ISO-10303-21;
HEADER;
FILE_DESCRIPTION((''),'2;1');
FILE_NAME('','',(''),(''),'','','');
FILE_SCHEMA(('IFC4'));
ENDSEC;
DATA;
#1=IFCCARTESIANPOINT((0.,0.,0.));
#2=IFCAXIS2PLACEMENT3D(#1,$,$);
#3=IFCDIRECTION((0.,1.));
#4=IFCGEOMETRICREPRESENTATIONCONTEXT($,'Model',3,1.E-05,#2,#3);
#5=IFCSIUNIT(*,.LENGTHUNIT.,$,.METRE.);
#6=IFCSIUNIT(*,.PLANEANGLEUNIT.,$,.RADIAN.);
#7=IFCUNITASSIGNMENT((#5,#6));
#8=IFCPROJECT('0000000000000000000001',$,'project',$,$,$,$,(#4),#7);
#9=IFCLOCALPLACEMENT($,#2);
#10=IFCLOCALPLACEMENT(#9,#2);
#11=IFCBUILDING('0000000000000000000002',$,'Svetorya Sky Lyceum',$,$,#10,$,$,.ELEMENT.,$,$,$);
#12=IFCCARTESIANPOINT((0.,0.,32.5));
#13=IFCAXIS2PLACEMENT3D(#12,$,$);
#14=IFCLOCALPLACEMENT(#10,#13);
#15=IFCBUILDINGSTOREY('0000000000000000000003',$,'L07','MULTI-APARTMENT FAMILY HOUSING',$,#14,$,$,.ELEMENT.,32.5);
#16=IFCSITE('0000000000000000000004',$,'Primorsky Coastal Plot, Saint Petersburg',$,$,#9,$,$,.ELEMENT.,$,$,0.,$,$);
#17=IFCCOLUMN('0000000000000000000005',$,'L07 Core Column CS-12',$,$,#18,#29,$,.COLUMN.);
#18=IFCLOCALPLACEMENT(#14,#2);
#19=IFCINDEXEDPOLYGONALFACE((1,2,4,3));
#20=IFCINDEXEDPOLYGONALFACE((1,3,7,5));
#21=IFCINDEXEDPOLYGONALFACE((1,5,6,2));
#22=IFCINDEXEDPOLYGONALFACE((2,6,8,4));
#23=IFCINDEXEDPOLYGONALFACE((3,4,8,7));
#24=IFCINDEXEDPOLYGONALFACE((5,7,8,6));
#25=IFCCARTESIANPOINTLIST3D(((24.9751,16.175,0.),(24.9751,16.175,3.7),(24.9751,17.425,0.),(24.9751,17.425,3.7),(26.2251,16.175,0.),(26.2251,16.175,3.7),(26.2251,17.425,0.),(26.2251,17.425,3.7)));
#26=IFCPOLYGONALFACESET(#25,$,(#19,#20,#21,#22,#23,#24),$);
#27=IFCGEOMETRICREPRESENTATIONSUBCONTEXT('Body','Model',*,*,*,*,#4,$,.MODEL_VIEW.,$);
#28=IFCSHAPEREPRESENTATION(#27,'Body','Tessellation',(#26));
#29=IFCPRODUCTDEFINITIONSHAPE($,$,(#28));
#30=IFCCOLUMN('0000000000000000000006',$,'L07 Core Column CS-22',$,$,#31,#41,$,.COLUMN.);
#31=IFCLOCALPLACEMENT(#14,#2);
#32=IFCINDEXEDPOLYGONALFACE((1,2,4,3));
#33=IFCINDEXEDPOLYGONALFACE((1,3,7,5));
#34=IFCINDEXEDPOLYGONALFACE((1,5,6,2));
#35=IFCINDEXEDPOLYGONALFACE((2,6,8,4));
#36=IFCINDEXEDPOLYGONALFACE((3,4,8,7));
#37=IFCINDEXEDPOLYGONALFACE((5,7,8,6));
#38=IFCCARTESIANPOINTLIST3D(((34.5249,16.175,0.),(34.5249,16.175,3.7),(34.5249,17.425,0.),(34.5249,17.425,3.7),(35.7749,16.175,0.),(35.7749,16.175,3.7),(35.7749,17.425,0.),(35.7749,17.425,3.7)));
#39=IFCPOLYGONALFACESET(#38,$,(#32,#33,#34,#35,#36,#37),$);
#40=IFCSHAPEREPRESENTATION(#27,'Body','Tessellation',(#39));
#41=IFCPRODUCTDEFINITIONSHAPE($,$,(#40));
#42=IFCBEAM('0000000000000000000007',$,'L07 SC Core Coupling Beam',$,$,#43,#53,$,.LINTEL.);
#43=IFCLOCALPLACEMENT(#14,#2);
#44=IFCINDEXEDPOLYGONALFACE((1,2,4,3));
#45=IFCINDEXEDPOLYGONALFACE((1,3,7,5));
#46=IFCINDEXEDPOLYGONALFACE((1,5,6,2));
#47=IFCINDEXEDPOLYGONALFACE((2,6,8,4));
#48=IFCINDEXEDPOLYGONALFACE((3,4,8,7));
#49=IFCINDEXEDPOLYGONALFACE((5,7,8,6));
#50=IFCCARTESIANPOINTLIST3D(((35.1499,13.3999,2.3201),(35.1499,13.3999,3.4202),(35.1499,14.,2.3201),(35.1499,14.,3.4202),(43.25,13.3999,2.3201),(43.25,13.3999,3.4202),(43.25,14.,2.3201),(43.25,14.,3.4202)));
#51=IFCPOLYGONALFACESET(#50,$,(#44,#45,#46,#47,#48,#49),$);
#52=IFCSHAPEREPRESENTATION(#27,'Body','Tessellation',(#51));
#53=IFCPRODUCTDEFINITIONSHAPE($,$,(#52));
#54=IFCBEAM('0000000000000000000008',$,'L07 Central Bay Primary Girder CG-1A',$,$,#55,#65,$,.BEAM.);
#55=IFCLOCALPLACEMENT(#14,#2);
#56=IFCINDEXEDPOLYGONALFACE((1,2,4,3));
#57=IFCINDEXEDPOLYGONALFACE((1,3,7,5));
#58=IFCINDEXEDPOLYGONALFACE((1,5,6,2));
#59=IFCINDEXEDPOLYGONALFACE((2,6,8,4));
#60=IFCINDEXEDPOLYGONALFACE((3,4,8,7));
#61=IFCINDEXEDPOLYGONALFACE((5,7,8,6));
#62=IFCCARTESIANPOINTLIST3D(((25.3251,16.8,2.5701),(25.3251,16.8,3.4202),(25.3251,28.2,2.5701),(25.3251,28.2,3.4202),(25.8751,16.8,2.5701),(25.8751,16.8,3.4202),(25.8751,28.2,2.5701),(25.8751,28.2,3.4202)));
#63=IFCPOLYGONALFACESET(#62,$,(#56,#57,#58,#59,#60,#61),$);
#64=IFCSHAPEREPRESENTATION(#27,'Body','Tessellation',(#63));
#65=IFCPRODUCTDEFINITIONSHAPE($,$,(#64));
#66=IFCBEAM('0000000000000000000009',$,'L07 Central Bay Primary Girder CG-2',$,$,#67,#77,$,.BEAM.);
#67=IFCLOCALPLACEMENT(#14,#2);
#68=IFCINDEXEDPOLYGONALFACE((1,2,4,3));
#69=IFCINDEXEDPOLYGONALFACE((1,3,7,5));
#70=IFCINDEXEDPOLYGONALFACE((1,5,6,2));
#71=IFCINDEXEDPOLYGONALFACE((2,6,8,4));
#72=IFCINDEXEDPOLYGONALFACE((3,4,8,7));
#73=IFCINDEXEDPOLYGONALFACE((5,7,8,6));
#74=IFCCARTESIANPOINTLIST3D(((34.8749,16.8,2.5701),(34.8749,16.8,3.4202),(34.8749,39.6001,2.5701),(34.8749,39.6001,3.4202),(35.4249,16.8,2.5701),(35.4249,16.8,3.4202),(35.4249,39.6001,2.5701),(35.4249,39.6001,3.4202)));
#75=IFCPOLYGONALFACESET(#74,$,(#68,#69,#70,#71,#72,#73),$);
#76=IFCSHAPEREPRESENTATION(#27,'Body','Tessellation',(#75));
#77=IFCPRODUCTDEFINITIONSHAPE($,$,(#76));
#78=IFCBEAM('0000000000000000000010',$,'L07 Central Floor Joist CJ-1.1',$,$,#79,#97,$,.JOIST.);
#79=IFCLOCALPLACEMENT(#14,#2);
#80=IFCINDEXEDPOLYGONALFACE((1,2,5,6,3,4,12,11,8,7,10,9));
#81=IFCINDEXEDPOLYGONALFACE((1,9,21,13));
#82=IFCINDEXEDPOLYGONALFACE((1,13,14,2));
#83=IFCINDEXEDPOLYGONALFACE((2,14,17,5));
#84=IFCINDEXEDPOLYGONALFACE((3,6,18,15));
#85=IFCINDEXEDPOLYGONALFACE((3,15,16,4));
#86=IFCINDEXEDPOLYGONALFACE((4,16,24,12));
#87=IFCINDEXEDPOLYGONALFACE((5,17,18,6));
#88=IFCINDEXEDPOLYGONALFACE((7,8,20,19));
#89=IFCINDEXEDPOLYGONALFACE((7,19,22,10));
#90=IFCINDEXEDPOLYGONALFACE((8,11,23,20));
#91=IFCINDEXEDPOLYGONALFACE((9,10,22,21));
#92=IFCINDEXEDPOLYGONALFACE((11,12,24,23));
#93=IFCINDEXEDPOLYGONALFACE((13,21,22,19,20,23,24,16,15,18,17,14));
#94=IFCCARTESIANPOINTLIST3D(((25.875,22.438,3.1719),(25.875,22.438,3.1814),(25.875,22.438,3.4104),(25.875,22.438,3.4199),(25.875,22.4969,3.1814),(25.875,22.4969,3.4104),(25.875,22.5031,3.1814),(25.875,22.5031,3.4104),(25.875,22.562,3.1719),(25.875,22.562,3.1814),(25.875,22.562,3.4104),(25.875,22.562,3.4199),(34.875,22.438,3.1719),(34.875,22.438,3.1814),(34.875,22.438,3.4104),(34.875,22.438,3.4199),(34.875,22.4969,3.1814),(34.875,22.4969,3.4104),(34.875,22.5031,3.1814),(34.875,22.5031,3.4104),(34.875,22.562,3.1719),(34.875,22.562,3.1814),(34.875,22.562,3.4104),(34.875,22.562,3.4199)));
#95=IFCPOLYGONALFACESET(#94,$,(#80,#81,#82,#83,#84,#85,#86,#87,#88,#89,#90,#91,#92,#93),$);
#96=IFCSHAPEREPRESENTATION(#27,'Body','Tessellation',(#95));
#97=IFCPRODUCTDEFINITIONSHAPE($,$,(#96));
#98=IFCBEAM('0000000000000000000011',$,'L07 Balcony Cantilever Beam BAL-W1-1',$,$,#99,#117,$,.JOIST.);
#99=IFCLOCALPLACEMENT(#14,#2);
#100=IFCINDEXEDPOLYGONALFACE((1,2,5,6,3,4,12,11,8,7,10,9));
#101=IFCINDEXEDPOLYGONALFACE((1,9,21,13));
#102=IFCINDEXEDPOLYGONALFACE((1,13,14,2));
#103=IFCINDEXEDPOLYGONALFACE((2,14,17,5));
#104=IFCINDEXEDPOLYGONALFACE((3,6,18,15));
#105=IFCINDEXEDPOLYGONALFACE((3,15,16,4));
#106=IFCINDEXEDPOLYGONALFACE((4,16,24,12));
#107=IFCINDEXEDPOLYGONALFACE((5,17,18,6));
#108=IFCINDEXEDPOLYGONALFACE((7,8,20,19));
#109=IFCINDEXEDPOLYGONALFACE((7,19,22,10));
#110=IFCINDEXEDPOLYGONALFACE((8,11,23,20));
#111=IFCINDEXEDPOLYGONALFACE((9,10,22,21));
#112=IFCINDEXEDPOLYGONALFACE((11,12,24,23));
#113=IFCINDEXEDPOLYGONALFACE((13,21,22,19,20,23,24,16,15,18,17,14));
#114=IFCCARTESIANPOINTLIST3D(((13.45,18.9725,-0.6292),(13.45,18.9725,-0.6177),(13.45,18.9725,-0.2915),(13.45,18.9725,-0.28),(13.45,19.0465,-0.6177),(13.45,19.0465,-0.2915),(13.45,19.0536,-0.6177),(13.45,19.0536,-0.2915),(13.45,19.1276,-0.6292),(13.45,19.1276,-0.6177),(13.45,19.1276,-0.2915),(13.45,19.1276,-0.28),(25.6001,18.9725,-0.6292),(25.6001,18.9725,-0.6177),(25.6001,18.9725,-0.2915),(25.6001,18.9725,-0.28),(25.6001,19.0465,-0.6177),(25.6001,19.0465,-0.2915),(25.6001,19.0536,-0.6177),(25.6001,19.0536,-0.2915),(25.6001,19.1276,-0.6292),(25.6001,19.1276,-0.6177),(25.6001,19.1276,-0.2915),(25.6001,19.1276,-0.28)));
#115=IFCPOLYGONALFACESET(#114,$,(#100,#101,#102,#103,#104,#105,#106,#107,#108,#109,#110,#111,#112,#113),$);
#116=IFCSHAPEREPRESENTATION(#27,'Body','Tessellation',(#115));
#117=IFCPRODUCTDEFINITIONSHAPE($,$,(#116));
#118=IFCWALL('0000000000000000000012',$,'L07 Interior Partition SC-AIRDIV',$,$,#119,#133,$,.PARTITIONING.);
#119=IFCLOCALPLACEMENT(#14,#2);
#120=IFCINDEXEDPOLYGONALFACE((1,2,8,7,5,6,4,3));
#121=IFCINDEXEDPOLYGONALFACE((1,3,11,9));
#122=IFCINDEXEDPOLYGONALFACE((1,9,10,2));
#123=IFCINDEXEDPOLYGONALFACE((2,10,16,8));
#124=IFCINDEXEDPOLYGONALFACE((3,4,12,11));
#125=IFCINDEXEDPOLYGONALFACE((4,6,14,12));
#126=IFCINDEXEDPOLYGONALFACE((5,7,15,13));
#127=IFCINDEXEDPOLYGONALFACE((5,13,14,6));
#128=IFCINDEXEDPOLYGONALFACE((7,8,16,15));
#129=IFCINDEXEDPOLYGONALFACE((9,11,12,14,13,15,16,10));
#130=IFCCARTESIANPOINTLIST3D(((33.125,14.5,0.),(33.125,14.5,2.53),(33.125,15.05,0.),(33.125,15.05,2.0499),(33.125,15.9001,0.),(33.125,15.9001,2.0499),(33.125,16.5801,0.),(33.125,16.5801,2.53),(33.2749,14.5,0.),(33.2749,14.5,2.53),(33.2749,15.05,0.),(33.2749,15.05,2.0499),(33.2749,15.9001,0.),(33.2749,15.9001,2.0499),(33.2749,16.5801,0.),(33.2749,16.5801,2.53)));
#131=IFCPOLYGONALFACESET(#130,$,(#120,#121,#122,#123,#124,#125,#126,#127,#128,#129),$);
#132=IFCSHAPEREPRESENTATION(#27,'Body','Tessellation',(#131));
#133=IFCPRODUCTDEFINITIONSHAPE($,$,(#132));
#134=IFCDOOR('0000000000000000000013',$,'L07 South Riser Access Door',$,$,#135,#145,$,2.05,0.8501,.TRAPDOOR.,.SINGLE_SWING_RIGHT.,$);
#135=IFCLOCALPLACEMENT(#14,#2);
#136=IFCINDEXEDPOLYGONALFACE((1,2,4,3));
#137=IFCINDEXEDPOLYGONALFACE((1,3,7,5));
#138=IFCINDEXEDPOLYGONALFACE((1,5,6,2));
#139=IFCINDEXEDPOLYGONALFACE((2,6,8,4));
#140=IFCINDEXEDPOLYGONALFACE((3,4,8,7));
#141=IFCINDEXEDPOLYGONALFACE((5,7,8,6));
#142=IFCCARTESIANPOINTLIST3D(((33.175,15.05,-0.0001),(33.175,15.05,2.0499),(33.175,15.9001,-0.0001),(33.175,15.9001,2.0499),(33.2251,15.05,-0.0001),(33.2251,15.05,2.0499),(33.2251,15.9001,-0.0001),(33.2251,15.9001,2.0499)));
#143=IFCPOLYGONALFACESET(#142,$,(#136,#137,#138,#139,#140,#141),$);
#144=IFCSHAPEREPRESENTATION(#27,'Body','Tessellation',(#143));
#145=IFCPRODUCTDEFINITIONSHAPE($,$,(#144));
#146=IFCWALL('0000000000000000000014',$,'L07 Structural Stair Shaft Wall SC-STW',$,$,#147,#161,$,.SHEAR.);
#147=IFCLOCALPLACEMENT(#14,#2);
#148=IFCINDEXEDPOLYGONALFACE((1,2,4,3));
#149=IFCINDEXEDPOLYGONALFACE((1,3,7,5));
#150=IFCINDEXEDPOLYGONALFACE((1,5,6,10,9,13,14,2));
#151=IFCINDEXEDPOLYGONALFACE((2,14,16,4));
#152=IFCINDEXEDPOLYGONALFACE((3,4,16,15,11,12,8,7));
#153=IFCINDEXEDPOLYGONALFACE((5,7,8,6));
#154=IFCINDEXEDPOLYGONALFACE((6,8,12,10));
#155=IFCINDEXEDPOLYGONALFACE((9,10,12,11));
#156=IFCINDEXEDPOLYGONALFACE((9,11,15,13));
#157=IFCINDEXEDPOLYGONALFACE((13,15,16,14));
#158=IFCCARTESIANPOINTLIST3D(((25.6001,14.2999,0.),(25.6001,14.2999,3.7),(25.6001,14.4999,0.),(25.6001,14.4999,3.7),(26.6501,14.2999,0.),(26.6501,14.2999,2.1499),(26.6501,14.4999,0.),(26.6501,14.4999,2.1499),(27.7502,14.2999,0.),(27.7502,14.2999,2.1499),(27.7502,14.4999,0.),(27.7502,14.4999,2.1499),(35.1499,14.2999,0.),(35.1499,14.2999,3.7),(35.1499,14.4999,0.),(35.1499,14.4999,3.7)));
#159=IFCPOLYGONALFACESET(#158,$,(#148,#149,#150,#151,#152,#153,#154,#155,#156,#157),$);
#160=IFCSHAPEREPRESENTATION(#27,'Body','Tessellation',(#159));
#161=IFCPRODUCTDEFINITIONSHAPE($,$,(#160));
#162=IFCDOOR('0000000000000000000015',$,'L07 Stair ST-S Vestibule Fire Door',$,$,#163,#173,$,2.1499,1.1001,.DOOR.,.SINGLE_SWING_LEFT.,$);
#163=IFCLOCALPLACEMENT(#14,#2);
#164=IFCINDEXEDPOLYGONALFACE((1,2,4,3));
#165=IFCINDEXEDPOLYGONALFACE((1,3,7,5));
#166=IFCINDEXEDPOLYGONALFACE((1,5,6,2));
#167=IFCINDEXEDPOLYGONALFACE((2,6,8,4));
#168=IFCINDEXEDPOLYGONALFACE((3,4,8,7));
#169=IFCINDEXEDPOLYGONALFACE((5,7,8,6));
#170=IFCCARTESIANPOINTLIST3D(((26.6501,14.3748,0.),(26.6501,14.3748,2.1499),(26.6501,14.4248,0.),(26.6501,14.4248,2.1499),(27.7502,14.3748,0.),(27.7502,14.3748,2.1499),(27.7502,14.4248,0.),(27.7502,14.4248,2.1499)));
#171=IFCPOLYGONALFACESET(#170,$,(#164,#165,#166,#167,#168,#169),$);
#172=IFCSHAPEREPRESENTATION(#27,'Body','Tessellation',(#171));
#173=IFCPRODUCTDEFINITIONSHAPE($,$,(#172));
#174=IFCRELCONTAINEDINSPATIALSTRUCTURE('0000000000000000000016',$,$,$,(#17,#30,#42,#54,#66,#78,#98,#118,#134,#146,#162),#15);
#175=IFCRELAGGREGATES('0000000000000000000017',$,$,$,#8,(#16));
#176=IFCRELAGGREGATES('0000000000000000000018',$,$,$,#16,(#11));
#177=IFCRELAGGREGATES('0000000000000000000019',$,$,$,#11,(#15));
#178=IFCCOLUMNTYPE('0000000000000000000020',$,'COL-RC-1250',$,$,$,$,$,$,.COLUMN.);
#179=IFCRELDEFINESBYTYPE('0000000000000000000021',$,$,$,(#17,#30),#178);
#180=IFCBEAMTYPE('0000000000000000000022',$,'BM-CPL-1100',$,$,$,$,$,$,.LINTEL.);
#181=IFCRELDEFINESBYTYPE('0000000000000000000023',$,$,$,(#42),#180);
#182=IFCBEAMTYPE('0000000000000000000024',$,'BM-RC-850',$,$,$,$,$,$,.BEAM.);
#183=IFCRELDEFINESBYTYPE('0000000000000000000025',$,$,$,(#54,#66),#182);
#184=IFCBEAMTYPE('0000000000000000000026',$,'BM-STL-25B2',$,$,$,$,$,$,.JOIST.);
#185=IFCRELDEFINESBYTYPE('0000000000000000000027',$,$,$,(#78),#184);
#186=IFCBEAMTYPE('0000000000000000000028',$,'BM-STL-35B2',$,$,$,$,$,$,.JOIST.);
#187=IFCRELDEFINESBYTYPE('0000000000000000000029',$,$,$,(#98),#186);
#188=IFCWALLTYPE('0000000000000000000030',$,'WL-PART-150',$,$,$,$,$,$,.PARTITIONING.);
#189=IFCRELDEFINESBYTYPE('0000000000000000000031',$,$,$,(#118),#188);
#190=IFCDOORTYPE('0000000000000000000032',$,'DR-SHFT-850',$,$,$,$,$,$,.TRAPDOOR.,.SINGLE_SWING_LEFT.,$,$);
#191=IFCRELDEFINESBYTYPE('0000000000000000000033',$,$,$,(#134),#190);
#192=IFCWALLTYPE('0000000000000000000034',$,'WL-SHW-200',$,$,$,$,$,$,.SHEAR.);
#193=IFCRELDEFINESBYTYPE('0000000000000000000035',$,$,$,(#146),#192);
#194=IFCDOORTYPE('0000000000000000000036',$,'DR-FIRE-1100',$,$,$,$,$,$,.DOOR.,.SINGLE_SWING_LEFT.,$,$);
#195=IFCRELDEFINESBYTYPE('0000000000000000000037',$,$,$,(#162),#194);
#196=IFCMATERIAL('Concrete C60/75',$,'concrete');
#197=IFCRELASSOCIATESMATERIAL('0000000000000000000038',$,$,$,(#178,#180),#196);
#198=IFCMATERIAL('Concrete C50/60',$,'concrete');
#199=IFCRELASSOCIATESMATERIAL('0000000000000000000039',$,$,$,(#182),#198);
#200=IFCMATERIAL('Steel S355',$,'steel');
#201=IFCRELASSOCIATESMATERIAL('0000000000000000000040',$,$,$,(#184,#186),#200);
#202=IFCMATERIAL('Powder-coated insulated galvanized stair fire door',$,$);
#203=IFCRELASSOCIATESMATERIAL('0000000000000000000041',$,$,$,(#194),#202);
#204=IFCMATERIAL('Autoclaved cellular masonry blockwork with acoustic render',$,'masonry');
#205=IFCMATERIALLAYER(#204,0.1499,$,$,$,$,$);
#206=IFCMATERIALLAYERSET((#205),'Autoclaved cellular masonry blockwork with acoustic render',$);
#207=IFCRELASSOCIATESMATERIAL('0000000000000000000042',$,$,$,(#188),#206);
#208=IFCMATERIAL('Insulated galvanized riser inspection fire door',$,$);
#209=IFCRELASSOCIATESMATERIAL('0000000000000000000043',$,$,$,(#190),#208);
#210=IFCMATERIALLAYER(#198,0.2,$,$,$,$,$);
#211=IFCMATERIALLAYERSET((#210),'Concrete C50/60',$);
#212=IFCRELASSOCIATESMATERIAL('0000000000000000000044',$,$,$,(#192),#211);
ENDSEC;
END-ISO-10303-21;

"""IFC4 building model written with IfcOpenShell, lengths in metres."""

from ifc_helpers import new_model, si_unit, direction, frame, frame_2d, origin, origin_2d, place, context, subcontext, project, spatial, rectangle, i_section, extrude, material, layer, layer_set, material_profile, profile_set, type_object, element, fill, save


model = new_model("IFC4")

# Units and contexts
model_context = context("Model", 3, precision=1e-05, world=origin(), true_north=direction((0.0, 1.0)))
body_context = subcontext(model_context, "Body", "Model", "MODEL_VIEW")
ifc_project = project(units=[si_unit("LENGTHUNIT", "METRE"), si_unit("PLANEANGLEUNIT", "RADIAN")], contexts=[model_context])

# Site, building, storey
site_placement = place(None, origin())
site = spatial("IfcSite", under=ifc_project, at=site_placement, Name="Primorsky Coastal Plot, Saint Petersburg", CompositionType="ELEMENT", RefElevation=0.0)
building_placement = place(site_placement, origin())
building = spatial("IfcBuilding", under=site, at=building_placement, Name="Svetorya Sky Lyceum", CompositionType="ELEMENT")
storey_placement = place(building_placement, frame((0.0, 0.0, 32.5)))
storey = spatial("IfcBuildingStorey", under=building, at=storey_placement, Name="L07", Description="MULTI-APARTMENT FAMILY HOUSING", CompositionType="ELEMENT", Elevation=32.5)

# Columns
ifc_material_1 = material(Name="Concrete C60/75", Category="concrete")
ifc_material_profile_1 = material_profile(ifc_material_1, rectangle(XDim=1.25, YDim=1.25, at=origin_2d()), Name="RC COL 1250x1250")
ifc_profile_set_1 = profile_set([ifc_material_profile_1], Name="Concrete C60/75")
column_type = type_object("IfcColumnType", Name="COL-RC-1250", PredefinedType="COLUMN", material=ifc_profile_set_1)
for number, where, z_axis, x_axis, name in (
    (1, (25.6001, 16.8, 0.0), (0.0, 0.0, 1.0), (1.0, 0.0, 0.0), "L07 Core Column CS-12"),
    (2, (35.1499, 16.8, 0.0), (0.0, 0.0, 1.0), (1.0, 0.0, 0.0), "L07 Core Column CS-22"),
):
    element("IfcColumn", number, at=place(storey_placement, frame(where, z_axis=z_axis, x_axis=x_axis)), inside=storey, type_object=column_type, Name=name, PredefinedType="COLUMN", context=body_context, shape_type="SweptSolid", body=[
        extrude(rectangle(XDim=1.25, YDim=1.25, at=origin_2d()), origin(), (0.0, 0.0, 1.0), 3.7),
    ])

# Beams
ifc_material_profile_2 = material_profile(ifc_material_1, rectangle(XDim=0.6001, YDim=1.1001, at=origin_2d()), Name="RC COUPLING 600x1100")
ifc_profile_set_2 = profile_set([ifc_material_profile_2], Name="Concrete C60/75")
beam_type_1 = type_object("IfcBeamType", Name="BM-CPL-1100", PredefinedType="LINTEL", material=ifc_profile_set_2)
beam_1_placement = place(storey_placement, frame((35.1499, 13.7, 2.8701), z_axis=(1.0, 0.0, 0.0), x_axis=(0.0, 1.0, 0.0)))
element("IfcBeam", 3, at=beam_1_placement, inside=storey, type_object=beam_type_1, Name="L07 SC Core Coupling Beam", PredefinedType="LINTEL", context=body_context, shape_type="SweptSolid", body=[
    extrude(rectangle(XDim=0.6001, YDim=1.1001, at=origin_2d()), origin(), (0.0, 0.0, 1.0), 8.1001),
])
ifc_material_2 = material(Name="Concrete C50/60", Category="concrete")
ifc_material_profile_3 = material_profile(ifc_material_2, rectangle(XDim=0.55, YDim=0.8501, at=origin_2d()), Name="RC BEAM 550x850")
ifc_profile_set_3 = profile_set([ifc_material_profile_3], Name="Concrete C50/60")
beam_type_2 = type_object("IfcBeamType", Name="BM-RC-850", PredefinedType="BEAM", material=ifc_profile_set_3)
beam_2_placement = place(storey_placement, frame((25.6001, 16.8, 2.9951), z_axis=(0.0, 1.0, 0.0), x_axis=(-1.0, 0.0, 0.0)))
element("IfcBeam", 4, at=beam_2_placement, inside=storey, type_object=beam_type_2, Name="L07 Central Bay Primary Girder CG-1A", PredefinedType="BEAM", context=body_context, shape_type="SweptSolid", body=[
    extrude(rectangle(XDim=0.55, YDim=0.8501, at=origin_2d()), origin(), (0.0, 0.0, 1.0), 11.3999),
])
beam_3_placement = place(storey_placement, frame((35.1499, 16.8, 2.9951), z_axis=(0.0, 1.0, 0.0), x_axis=(-1.0, 0.0, 0.0)))
element("IfcBeam", 5, at=beam_3_placement, inside=storey, type_object=beam_type_2, Name="L07 Central Bay Primary Girder CG-2", PredefinedType="BEAM", context=body_context, shape_type="SweptSolid", body=[
    extrude(rectangle(XDim=0.55, YDim=0.8501, at=origin_2d()), origin(), (0.0, 0.0, 1.0), 22.8),
])
ifc_material_3 = material(Name="Steel S355", Category="steel")
ifc_material_profile_4 = material_profile(ifc_material_3, i_section(OverallWidth=0.124, OverallDepth=0.248, WebThickness=0.0061, FlangeThickness=0.0095, at=origin_2d()), Name="GOST 25B2")
ifc_profile_set_4 = profile_set([ifc_material_profile_4], Name="Steel S355")
beam_type_3 = type_object("IfcBeamType", Name="BM-STL-25B2", PredefinedType="JOIST", material=ifc_profile_set_4)
beam_4_placement = place(storey_placement, frame((25.875, 22.5, 3.2959), z_axis=(1.0, 0.0, 0.0), x_axis=(0.0, 1.0, 0.0)))
element("IfcBeam", 6, at=beam_4_placement, inside=storey, type_object=beam_type_3, Name="L07 Central Floor Joist CJ-1.1", PredefinedType="JOIST", context=body_context, shape_type="SweptSolid", body=[
    extrude(i_section(OverallWidth=0.124, OverallDepth=0.248, WebThickness=0.0061, FlangeThickness=0.0095, at=origin_2d()), origin(), (0.0, 0.0, 1.0), 9.0),
])
ifc_material_profile_5 = material_profile(ifc_material_3, i_section(OverallWidth=0.155, OverallDepth=0.3491, WebThickness=0.0071, FlangeThickness=0.0115, at=origin_2d()), Name="GOST 35B2")
ifc_profile_set_5 = profile_set([ifc_material_profile_5], Name="Steel S355")
beam_type_4 = type_object("IfcBeamType", Name="BM-STL-35B2", PredefinedType="JOIST", material=ifc_profile_set_5)
beam_5_placement = place(storey_placement, frame((25.6001, 19.05, -0.4546), z_axis=(-1.0, 0.0, 0.0), x_axis=(0.0, -1.0, 0.0)))
element("IfcBeam", 7, at=beam_5_placement, inside=storey, type_object=beam_type_4, Name="L07 Balcony Cantilever Beam BAL-W1-1", PredefinedType="JOIST", context=body_context, shape_type="SweptSolid", body=[
    extrude(i_section(OverallWidth=0.155, OverallDepth=0.3491, WebThickness=0.0071, FlangeThickness=0.0115, at=origin_2d()), origin(), (0.0, 0.0, 1.0), 12.1501),
])

# Shared definitions
ifc_material_4 = material(Name="Powder-coated insulated galvanized stair fire door")
door_type_1 = type_object("IfcDoorType", Name="DR-FIRE-1100", OperationType="SINGLE_SWING_LEFT", PredefinedType="DOOR", material=ifc_material_4)

# Walls, openings, doors
ifc_material_5 = material(Name="Autoclaved cellular masonry blockwork with acoustic render", Category="masonry")
ifc_layer_1 = layer(ifc_material_5, 0.1499)
ifc_layer_set_1 = layer_set([ifc_layer_1], Name="Autoclaved cellular masonry blockwork with acoustic render")
wall_type_1 = type_object("IfcWallType", Name="WL-PART-150", PredefinedType="PARTITIONING", material=ifc_layer_set_1)
wall_1_placement = place(storey_placement, frame((33.2, 14.5, 0.0), z_axis=(0.0, 0.0, 1.0), x_axis=(0.0, 1.0, 0.0)))
wall_1 = element("IfcWall", 8, at=wall_1_placement, inside=storey, type_object=wall_type_1, Name="L07 Interior Partition SC-AIRDIV", PredefinedType="PARTITIONING", context=body_context, shape_type="SweptSolid", body=[
    extrude(rectangle(XDim=2.0801, YDim=0.1499, at=frame_2d((1.04, 0.0))), origin(), (0.0, 0.0, 1.0), 2.53),
])
opening_1_placement = place(wall_1_placement, frame((0.55, 0.0, 0.0)))
opening_1 = element("IfcOpeningElement", 9, at=opening_1_placement, cuts=wall_1, PredefinedType="OPENING", context=body_context, shape_type="SweptSolid", body=[
    extrude(rectangle(XDim=0.8501, YDim=2.05, at=frame_2d((0.425, 1.0249))), frame((0.0, 0.085, 0.0), z_axis=(0.0, -1.0, 0.0), x_axis=(1.0, 0.0, 0.0)), (0.0, 0.0, 1.0), 0.1699),
])
ifc_material_6 = material(Name="Insulated galvanized riser inspection fire door")
door_type_2 = type_object("IfcDoorType", Name="DR-SHFT-850", OperationType="SINGLE_SWING_LEFT", PredefinedType="TRAPDOOR", material=ifc_material_6)
door_1_placement = place(opening_1_placement, origin())
door_1 = element("IfcDoor", 10, at=door_1_placement, inside=storey, type_object=door_type_2, Name="L07 South Riser Access Door", OperationType="SINGLE_SWING_RIGHT", OverallHeight=2.05, OverallWidth=0.8501, PredefinedType="TRAPDOOR", context=body_context, shape_type="SweptSolid", body=[
    extrude(rectangle(XDim=0.8501, YDim=2.05, at=frame_2d((0.425, 1.0249))), frame((0.0, 0.0249, 0.0), z_axis=(0.0, -1.0, 0.0), x_axis=(1.0, 0.0, 0.0)), (0.0, 0.0, 1.0), 0.05),
])
fill(opening_1, door_1)
ifc_layer_2 = layer(ifc_material_2, 0.2)
ifc_layer_set_2 = layer_set([ifc_layer_2], Name="Concrete C50/60")
wall_type_2 = type_object("IfcWallType", Name="WL-SHW-200", PredefinedType="SHEAR", material=ifc_layer_set_2)
wall_2_placement = place(storey_placement, frame((25.6001, 14.3999, 0.0), z_axis=(0.0, 0.0, 1.0), x_axis=(1.0, 0.0, 0.0)))
wall_2 = element("IfcWall", 11, at=wall_2_placement, inside=storey, type_object=wall_type_2, Name="L07 Structural Stair Shaft Wall SC-STW", PredefinedType="SHEAR", context=body_context, shape_type="SweptSolid", body=[
    extrude(rectangle(XDim=9.5498, YDim=0.2, at=frame_2d((4.7749, 0.0))), origin(), (0.0, 0.0, 1.0), 3.7),
])
opening_2_placement = place(wall_2_placement, frame((1.05, 0.0, 0.0)))
opening_2 = element("IfcOpeningElement", 12, at=opening_2_placement, cuts=wall_2, PredefinedType="OPENING", context=body_context, shape_type="SweptSolid", body=[
    extrude(rectangle(XDim=1.1001, YDim=2.1499, at=frame_2d((0.55, 1.075))), frame((0.0, 0.1099, 0.0), z_axis=(0.0, -1.0, 0.0), x_axis=(1.0, 0.0, 0.0)), (0.0, 0.0, 1.0), 0.22),
])
door_2_placement = place(opening_2_placement, origin())
door_2 = element("IfcDoor", 13, at=door_2_placement, inside=storey, type_object=door_type_1, Name="L07 Stair ST-S Vestibule Fire Door", OperationType="SINGLE_SWING_LEFT", OverallHeight=2.1499, OverallWidth=1.1001, PredefinedType="DOOR", context=body_context, shape_type="SweptSolid", body=[
    extrude(rectangle(XDim=1.1001, YDim=2.1499, at=frame_2d((0.55, 1.075))), frame((0.0, 0.0249, 0.0), z_axis=(0.0, -1.0, 0.0), x_axis=(1.0, 0.0, 0.0)), (0.0, 0.0, 1.0), 0.05),
])
fill(opening_2, door_2)

save(model, "model.ifc")
